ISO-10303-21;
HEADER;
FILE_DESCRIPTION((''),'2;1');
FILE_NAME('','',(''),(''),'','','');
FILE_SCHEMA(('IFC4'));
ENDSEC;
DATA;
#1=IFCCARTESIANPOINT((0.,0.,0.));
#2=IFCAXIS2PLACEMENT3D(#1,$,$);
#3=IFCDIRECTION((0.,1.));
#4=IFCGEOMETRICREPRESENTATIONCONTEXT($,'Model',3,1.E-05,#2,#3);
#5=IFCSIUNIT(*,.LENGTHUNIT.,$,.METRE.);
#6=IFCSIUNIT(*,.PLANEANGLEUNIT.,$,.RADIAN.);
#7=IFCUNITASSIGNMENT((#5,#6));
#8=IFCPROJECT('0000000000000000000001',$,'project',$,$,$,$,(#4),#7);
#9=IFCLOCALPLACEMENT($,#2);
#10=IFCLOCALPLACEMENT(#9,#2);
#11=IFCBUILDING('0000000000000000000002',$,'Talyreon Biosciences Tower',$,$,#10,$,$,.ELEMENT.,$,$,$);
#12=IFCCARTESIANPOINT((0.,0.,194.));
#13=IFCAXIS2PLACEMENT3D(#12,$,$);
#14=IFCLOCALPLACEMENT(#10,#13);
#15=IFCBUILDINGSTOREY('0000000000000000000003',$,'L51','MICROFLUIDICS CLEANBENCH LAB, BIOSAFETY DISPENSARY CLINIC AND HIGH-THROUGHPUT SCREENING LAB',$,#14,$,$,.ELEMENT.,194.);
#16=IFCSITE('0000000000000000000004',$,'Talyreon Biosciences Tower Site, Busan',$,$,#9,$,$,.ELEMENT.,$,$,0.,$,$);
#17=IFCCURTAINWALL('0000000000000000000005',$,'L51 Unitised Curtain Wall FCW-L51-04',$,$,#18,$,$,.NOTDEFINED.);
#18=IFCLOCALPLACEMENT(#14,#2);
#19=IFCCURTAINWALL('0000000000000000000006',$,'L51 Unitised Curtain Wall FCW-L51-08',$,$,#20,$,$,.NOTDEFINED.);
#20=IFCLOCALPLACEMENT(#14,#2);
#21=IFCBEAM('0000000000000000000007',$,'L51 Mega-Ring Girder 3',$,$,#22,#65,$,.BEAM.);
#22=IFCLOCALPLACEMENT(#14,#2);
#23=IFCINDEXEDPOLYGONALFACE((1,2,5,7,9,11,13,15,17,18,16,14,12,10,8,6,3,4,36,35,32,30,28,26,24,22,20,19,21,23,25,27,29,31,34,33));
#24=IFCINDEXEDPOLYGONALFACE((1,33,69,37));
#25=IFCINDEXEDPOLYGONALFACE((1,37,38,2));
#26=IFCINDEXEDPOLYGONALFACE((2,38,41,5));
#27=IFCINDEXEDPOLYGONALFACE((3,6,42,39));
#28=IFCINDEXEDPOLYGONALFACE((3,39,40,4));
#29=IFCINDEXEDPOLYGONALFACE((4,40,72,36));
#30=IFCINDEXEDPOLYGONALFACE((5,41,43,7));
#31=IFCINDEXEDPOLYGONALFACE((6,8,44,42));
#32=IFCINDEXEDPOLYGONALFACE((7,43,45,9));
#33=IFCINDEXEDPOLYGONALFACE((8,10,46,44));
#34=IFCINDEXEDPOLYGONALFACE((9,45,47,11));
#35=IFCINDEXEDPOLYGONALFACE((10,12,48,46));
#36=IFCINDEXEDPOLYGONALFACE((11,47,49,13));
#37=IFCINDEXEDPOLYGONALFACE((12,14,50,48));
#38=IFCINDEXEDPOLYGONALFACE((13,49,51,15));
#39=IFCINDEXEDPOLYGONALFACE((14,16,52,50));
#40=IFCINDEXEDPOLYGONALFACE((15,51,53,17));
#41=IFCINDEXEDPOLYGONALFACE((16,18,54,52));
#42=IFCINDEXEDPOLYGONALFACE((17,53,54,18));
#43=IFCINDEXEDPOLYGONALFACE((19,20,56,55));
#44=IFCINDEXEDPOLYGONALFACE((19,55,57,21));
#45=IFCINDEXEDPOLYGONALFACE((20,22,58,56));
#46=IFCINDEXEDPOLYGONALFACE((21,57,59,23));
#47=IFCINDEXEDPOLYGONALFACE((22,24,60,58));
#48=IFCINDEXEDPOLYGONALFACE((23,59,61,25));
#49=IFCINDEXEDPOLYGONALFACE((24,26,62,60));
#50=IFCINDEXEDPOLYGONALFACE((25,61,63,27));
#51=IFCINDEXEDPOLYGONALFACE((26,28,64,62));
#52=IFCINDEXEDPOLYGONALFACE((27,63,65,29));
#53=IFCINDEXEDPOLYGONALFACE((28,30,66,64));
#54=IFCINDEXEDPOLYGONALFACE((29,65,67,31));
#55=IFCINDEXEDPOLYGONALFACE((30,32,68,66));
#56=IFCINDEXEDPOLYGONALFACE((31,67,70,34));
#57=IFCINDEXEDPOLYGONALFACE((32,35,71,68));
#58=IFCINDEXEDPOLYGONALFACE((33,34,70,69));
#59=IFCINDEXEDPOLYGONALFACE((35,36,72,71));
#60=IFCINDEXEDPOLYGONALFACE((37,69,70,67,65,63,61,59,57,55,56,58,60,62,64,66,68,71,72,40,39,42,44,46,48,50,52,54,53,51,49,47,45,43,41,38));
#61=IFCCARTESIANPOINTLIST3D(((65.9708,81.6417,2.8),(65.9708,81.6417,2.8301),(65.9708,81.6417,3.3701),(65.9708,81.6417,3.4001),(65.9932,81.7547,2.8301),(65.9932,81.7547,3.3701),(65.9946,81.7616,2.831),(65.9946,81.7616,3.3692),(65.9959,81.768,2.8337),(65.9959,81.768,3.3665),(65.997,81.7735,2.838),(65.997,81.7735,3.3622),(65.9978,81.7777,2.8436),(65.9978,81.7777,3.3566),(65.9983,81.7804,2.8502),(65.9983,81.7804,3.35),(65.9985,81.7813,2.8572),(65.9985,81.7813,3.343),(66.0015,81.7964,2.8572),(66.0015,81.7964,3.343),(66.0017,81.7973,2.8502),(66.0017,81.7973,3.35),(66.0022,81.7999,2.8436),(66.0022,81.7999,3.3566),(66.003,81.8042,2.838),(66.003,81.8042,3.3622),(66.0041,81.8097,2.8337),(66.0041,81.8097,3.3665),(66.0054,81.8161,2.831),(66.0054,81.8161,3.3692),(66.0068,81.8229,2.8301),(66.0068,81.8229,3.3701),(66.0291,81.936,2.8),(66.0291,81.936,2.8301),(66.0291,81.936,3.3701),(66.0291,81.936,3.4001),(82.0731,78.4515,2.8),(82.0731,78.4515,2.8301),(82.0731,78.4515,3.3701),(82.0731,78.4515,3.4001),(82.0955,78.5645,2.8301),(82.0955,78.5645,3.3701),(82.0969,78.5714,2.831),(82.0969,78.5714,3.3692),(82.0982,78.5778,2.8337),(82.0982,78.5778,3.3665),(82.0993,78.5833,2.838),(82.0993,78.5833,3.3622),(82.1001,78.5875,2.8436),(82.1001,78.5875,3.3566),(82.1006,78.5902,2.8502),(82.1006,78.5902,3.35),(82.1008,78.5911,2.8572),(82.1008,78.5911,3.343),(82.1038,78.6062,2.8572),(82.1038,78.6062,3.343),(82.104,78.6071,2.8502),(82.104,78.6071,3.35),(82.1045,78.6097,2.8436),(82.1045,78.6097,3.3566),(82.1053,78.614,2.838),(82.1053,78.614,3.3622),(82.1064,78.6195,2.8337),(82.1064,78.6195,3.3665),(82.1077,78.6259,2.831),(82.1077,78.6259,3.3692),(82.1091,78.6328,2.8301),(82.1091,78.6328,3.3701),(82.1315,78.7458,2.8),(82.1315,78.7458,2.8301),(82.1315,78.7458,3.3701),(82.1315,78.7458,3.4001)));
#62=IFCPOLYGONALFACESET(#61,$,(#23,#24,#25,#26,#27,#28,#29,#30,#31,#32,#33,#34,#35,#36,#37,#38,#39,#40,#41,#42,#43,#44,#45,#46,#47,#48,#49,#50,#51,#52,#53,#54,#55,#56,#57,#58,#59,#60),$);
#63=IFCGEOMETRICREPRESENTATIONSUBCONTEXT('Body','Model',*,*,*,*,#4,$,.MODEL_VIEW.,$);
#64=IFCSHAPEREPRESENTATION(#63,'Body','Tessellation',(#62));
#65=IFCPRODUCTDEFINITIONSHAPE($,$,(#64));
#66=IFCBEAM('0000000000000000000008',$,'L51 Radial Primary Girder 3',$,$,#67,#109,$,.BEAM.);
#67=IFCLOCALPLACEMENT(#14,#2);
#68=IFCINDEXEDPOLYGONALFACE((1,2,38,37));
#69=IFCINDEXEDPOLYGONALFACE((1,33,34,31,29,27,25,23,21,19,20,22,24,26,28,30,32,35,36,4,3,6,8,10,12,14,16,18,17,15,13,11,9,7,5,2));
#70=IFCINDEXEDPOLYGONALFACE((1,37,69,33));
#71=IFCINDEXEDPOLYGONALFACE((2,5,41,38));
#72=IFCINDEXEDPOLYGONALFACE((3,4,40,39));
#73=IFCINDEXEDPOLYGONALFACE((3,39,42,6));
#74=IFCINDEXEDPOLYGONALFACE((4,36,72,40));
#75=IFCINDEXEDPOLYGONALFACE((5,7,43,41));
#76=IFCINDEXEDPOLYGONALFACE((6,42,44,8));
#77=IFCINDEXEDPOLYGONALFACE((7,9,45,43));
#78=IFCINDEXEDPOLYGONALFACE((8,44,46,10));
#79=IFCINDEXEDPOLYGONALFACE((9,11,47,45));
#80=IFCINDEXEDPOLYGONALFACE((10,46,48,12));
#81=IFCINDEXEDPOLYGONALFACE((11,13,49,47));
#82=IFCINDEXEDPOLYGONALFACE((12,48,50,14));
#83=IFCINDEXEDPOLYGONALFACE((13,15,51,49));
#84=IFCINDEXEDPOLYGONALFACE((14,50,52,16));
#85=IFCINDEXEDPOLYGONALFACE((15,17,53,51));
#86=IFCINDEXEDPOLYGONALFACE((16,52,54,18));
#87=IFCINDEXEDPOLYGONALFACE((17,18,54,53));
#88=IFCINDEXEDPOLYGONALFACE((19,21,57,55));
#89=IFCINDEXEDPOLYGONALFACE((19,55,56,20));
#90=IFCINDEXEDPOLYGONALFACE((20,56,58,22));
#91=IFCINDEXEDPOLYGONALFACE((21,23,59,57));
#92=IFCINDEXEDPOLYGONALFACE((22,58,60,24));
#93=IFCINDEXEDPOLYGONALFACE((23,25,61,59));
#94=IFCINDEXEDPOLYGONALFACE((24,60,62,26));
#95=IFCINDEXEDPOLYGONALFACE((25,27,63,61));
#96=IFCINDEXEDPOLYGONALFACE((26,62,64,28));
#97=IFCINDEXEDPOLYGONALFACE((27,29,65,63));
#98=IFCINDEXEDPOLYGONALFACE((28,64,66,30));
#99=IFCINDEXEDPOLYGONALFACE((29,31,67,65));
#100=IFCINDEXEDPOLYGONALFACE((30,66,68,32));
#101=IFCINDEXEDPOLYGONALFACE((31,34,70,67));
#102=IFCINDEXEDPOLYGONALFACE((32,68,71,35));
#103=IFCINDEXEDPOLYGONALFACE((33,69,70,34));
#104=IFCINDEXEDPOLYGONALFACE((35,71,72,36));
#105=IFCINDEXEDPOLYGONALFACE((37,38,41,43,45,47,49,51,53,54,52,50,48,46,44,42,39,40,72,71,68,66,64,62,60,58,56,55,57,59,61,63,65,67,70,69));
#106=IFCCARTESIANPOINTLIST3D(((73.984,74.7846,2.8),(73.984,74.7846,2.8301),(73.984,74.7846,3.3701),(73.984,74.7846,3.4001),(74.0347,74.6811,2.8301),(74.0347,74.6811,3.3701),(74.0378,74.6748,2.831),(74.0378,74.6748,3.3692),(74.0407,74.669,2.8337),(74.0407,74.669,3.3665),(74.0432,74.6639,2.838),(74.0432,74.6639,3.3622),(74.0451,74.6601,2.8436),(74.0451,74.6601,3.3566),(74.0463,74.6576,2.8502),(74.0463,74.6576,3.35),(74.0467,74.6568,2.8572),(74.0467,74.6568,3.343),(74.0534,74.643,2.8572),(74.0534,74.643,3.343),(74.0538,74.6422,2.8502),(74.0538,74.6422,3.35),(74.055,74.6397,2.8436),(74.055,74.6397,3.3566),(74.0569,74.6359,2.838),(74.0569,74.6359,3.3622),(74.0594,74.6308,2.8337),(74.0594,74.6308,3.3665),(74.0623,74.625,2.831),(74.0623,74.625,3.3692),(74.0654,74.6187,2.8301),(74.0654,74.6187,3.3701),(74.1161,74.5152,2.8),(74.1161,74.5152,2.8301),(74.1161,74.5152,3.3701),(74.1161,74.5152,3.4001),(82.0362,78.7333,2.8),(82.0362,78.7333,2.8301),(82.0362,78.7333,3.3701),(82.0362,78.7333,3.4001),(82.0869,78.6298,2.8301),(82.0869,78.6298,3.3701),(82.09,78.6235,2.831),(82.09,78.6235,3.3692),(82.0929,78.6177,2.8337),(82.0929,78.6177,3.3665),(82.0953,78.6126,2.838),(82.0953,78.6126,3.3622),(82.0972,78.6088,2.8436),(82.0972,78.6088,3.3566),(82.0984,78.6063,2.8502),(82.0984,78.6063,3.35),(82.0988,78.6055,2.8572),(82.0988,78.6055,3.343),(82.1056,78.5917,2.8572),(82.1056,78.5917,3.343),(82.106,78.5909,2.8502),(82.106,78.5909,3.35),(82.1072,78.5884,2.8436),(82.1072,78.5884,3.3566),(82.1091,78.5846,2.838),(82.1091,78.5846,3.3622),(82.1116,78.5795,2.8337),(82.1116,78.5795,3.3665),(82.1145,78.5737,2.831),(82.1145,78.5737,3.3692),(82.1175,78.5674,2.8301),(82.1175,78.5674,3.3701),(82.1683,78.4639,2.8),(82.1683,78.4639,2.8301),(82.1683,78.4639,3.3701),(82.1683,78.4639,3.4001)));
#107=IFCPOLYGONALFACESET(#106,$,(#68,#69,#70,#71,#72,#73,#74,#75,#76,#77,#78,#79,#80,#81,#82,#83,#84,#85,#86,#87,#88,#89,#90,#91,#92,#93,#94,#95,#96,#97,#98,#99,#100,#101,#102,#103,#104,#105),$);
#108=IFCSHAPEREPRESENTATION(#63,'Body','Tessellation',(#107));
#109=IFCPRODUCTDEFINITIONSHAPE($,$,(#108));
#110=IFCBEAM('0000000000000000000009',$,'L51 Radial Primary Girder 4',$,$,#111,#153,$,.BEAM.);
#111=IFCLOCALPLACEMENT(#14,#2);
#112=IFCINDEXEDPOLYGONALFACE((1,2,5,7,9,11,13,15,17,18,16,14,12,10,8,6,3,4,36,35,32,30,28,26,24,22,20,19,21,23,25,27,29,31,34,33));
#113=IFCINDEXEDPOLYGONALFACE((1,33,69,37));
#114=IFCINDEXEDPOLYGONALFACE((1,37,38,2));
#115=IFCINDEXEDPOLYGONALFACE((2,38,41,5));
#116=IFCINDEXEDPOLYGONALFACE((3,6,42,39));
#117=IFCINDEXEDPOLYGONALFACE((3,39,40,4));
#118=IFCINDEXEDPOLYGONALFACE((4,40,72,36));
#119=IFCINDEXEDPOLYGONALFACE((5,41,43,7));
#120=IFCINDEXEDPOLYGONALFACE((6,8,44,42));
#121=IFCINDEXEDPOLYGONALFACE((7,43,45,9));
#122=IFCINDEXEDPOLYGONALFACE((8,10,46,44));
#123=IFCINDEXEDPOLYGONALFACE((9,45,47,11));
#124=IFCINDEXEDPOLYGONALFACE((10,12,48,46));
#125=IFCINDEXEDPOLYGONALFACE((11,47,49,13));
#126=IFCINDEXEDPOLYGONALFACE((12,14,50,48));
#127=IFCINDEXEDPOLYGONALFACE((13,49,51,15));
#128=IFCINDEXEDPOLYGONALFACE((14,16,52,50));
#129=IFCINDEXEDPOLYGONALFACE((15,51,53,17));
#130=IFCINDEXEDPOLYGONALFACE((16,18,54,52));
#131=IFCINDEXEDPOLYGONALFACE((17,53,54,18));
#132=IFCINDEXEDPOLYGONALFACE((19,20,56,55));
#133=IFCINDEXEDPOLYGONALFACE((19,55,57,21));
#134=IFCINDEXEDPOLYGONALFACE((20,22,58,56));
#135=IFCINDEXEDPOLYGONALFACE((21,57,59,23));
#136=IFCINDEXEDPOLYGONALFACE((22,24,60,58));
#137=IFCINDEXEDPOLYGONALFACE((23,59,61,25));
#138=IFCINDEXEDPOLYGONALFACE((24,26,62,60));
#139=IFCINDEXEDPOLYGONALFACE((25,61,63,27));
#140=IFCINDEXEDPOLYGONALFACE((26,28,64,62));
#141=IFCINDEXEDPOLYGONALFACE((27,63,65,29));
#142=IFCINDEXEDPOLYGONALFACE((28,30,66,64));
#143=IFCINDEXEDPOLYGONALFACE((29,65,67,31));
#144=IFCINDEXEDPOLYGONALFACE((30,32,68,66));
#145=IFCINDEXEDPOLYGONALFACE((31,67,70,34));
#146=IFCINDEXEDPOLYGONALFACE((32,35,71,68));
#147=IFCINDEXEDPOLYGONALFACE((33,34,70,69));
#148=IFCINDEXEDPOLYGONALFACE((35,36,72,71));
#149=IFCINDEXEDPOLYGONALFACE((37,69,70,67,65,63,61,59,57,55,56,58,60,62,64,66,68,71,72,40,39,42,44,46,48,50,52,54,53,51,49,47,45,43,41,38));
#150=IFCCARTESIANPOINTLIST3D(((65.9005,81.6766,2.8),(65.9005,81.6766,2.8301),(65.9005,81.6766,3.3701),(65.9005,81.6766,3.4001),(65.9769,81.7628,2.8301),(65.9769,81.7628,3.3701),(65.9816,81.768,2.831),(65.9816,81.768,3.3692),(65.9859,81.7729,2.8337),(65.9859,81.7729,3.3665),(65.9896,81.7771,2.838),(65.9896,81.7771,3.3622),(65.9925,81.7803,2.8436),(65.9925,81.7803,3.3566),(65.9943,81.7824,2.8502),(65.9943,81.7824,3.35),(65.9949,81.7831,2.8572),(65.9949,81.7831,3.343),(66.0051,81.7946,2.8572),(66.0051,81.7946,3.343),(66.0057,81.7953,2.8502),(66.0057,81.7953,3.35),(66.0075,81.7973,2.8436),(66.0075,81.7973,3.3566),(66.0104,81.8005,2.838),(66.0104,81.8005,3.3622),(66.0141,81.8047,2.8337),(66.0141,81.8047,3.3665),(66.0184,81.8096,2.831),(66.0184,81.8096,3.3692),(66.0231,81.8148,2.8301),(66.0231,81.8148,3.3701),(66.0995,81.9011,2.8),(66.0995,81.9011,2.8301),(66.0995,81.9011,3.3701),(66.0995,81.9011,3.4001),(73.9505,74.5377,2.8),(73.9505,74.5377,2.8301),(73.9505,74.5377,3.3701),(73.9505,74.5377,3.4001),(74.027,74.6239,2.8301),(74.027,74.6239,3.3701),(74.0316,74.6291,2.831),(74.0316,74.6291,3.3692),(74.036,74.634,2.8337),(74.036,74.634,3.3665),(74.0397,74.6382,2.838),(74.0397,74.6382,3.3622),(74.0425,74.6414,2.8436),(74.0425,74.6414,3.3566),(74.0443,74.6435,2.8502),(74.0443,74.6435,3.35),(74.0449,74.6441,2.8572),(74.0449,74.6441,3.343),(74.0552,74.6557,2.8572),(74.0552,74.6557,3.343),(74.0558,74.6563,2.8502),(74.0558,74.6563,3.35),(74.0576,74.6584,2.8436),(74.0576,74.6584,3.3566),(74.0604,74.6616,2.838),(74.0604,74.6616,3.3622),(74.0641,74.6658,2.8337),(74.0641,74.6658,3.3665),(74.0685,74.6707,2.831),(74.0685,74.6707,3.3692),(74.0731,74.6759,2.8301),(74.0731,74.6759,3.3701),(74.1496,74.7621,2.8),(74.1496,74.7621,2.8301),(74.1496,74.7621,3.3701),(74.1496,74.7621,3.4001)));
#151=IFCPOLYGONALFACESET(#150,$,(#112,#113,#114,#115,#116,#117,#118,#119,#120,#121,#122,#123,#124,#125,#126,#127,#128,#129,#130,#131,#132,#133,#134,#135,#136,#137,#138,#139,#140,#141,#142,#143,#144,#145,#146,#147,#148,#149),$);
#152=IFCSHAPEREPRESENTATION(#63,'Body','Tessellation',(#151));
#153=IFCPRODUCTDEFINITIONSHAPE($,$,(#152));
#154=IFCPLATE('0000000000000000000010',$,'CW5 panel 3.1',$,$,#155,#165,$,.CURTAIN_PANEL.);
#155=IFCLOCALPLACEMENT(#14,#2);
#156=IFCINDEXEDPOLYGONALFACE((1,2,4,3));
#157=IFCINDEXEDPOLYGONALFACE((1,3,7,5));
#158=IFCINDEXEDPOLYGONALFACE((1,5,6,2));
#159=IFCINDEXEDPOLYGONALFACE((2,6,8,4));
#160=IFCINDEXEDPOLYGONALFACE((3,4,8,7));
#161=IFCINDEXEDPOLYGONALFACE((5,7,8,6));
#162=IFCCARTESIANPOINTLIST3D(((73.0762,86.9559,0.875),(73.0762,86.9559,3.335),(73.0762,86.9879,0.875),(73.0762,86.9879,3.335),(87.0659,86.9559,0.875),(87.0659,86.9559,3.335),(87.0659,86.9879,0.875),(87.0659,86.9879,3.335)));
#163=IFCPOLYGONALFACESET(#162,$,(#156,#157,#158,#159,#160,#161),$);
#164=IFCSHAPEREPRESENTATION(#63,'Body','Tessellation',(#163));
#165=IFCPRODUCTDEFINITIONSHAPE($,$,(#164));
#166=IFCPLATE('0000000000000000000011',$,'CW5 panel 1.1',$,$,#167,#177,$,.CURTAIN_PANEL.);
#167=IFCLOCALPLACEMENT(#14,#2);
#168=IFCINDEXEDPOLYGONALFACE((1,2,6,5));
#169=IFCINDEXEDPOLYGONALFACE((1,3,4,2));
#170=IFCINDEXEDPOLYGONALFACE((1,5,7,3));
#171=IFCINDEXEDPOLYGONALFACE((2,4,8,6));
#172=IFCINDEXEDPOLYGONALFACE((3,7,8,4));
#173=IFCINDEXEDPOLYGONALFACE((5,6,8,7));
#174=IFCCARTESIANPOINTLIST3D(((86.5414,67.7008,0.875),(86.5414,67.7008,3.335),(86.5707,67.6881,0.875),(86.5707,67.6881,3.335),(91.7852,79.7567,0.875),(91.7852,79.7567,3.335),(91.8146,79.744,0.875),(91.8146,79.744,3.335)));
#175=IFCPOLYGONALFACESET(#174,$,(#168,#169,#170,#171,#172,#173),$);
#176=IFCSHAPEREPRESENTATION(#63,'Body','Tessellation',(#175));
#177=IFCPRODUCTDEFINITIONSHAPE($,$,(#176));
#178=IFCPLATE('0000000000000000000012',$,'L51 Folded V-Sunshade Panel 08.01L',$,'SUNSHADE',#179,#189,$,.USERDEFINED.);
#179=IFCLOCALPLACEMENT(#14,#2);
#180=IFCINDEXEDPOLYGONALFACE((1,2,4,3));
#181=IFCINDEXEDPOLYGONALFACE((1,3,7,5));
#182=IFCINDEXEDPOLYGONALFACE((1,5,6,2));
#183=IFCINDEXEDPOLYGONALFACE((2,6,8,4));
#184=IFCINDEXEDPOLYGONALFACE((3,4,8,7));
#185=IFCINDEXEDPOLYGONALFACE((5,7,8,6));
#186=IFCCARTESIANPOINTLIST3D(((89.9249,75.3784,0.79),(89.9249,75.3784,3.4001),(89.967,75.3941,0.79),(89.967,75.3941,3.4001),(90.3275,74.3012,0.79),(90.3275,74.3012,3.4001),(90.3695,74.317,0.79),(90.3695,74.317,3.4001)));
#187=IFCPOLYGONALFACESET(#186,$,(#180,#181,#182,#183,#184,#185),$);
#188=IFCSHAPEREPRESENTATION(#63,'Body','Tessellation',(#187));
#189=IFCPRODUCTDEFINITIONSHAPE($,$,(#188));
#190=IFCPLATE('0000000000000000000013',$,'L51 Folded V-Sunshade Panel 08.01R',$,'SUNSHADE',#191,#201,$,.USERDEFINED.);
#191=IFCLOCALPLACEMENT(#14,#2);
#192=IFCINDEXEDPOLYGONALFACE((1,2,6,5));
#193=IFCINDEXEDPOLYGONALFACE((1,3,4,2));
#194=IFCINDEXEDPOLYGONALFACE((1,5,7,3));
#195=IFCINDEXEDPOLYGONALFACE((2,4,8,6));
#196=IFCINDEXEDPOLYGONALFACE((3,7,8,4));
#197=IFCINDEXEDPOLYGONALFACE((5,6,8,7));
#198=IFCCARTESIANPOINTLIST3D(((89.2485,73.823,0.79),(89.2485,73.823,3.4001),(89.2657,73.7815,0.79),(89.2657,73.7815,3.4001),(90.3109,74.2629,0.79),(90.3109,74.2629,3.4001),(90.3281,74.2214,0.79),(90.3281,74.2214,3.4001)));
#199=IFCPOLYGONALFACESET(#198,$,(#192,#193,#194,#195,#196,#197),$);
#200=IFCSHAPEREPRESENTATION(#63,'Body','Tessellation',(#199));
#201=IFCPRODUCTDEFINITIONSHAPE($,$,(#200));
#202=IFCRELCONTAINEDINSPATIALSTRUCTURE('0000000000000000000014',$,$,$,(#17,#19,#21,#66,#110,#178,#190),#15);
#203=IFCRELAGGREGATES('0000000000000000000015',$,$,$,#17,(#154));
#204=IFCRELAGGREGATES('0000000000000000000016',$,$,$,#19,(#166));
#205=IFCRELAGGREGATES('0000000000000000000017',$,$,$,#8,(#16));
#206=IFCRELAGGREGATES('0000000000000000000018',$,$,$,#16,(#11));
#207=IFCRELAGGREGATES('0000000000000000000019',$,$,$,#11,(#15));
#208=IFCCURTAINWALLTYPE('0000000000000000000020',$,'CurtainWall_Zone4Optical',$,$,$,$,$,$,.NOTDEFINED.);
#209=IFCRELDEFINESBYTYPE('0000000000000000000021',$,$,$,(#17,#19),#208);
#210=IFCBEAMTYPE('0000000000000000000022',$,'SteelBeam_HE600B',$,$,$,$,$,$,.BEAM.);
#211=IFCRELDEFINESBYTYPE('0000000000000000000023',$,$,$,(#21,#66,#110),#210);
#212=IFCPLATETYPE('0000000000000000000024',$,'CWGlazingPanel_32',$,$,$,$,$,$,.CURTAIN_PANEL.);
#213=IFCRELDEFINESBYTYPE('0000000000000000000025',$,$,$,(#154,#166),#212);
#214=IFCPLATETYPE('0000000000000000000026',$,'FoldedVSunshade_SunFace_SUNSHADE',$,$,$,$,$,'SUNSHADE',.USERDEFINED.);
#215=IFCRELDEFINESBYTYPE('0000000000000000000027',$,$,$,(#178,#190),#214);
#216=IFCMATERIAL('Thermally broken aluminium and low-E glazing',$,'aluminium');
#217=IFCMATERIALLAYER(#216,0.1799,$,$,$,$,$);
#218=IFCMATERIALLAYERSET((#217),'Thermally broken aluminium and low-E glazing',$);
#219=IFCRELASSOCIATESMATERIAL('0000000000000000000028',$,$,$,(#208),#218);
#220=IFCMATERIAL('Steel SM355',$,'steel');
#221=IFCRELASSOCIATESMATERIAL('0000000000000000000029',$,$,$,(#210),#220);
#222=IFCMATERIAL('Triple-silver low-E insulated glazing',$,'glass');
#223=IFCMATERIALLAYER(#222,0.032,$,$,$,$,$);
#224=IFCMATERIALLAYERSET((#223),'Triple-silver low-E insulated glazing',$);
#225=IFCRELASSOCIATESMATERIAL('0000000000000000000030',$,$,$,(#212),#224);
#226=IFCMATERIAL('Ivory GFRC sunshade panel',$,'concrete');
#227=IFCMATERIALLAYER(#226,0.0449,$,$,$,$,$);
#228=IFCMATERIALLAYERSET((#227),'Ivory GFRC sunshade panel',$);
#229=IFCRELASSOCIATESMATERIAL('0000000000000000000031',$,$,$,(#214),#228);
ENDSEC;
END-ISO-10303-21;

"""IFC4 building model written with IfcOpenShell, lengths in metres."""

from ifc_helpers import new_model, si_unit, direction, frame, origin, origin_2d, place, context, subcontext, project, spatial, rectangle, i_section, extrude, material, layer, layer_set, material_profile, profile_set, type_object, element, aggregate, save


model = new_model("IFC4")

# Units and contexts
model_context = context("Model", 3, precision=1e-05, world=origin(), true_north=direction((0.0, 1.0)))
body_context = subcontext(model_context, "Body", "Model", "MODEL_VIEW")
ifc_project = project(units=[si_unit("LENGTHUNIT", "METRE"), si_unit("PLANEANGLEUNIT", "RADIAN")], contexts=[model_context])

# Site, building, storey
site_placement = place(None, origin())
site = spatial("IfcSite", under=ifc_project, at=site_placement, Name="Talyreon Biosciences Tower Site, Busan", CompositionType="ELEMENT", RefElevation=0.0)
building_placement = place(site_placement, origin())
building = spatial("IfcBuilding", under=site, at=building_placement, Name="Talyreon Biosciences Tower", CompositionType="ELEMENT")
storey_placement = place(building_placement, frame((0.0, 0.0, 194.0)))
storey = spatial("IfcBuildingStorey", under=building, at=storey_placement, Name="L51", Description="MICROFLUIDICS CLEANBENCH LAB, BIOSAFETY DISPENSARY CLINIC AND HIGH-THROUGHPUT SCREENING LAB", CompositionType="ELEMENT", Elevation=194.0)

# Curtain wall
ifc_material_1 = material(Name="Thermally broken aluminium and low-E glazing", Category="aluminium")
ifc_layer_1 = layer(ifc_material_1, 0.1799)
ifc_layer_set_1 = layer_set([ifc_layer_1], Name="Thermally broken aluminium and low-E glazing")
curtain_wall_type = type_object("IfcCurtainWallType", Name="CurtainWall_Zone4Optical", PredefinedType="NOTDEFINED", material=ifc_layer_set_1)
curtain_wall_1_placement = place(storey_placement, origin())
curtain_wall_1 = element("IfcCurtainWall", 1, at=curtain_wall_1_placement, inside=storey, type_object=curtain_wall_type, Name="L51 Unitised Curtain Wall FCW-L51-04", PredefinedType="NOTDEFINED")

# Curtain wall
curtain_wall_2_placement = place(storey_placement, origin())
curtain_wall_2 = element("IfcCurtainWall", 2, at=curtain_wall_2_placement, inside=storey, type_object=curtain_wall_type, Name="L51 Unitised Curtain Wall FCW-L51-08", PredefinedType="NOTDEFINED")

# Beams
ifc_material_2 = material(Name="Steel SM355", Category="steel")
ifc_material_profile_1 = material_profile(ifc_material_2, i_section(OverallWidth=0.3, OverallDepth=0.6001, WebThickness=0.0154, FlangeThickness=0.03, FilletRadius=0.0271, at=origin_2d()), Name="HE600B")
ifc_profile_set_1 = profile_set([ifc_material_profile_1], Name="Steel SM355")
beam_type_1 = type_object("IfcBeamType", Name="SteelBeam_HE600B", PredefinedType="BEAM", material=ifc_profile_set_1)
beam_1_placement = place(storey_placement, frame((82.1023, 78.5986, 3.1001), z_axis=(-0.980934, 0.194343, 0.0), x_axis=(-0.194343, -0.980934, 0.0)))
element("IfcBeam", 3, at=beam_1_placement, inside=storey, type_object=beam_type_1, Name="L51 Mega-Ring Girder 3", PredefinedType="BEAM", context=body_context, shape_type="SweptSolid", body=[
    extrude(i_section(OverallWidth=0.3, OverallDepth=0.6001, WebThickness=0.0154, FlangeThickness=0.03, FilletRadius=0.0271, at=origin_2d()), origin(), (0.0, 0.0, 1.0), 16.4153),
])
beam_2_placement = place(storey_placement, frame((74.05, 74.6499, 3.1001), z_axis=(0.897852, 0.440297, 0.0), x_axis=(-0.440297, 0.897852, 0.0)))
element("IfcBeam", 4, at=beam_2_placement, inside=storey, type_object=beam_type_1, Name="L51 Radial Primary Girder 3", PredefinedType="BEAM", context=body_context, shape_type="SweptSolid", body=[
    extrude(i_section(OverallWidth=0.3, OverallDepth=0.6001, WebThickness=0.0154, FlangeThickness=0.03, FilletRadius=0.0271, at=origin_2d()), origin(), (0.0, 0.0, 1.0), 8.9683),
])
beam_3_placement = place(storey_placement, frame((74.05, 74.6499, 3.1001), z_axis=(-0.748179, 0.663497, 0.0), x_axis=(-0.663497, -0.748179, 0.0)))
element("IfcBeam", 5, at=beam_3_placement, inside=storey, type_object=beam_type_1, Name="L51 Radial Primary Girder 4", PredefinedType="BEAM", context=body_context, shape_type="SweptSolid", body=[
    extrude(i_section(OverallWidth=0.3, OverallDepth=0.6001, WebThickness=0.0154, FlangeThickness=0.03, FilletRadius=0.0271, at=origin_2d()), origin(), (0.0, 0.0, 1.0), 10.7595),
])

# Plates
ifc_material_3 = material(Name="Triple-silver low-E insulated glazing", Category="glass")
ifc_layer_2 = layer(ifc_material_3, 0.032)
ifc_layer_set_2 = layer_set([ifc_layer_2], Name="Triple-silver low-E insulated glazing")
plate_type_1 = type_object("IfcPlateType", Name="CWGlazingPanel_32", PredefinedType="CURTAIN_PANEL", material=ifc_layer_set_2)
plate_1_placement = place(storey_placement, frame((80.071, 86.9719, 0.875), z_axis=(0.0, 0.0, 1.0), x_axis=(1.0, 0.0, 0.0)))
plate_1 = element("IfcPlate", 6, at=plate_1_placement, type_object=plate_type_1, Name="CW5 panel 3.1", PredefinedType="CURTAIN_PANEL", context=body_context, shape_type="SweptSolid", body=[
    extrude(rectangle(XDim=13.9897, YDim=0.032, at=origin_2d()), origin(), (0.0, 0.0, 1.0), 2.46),
])
aggregate(curtain_wall_1, [plate_1])
plate_2_placement = place(storey_placement, frame((89.178, 73.7224, 0.875), z_axis=(0.0, 0.0, 1.0), x_axis=(-0.398862, -0.917011, 0.0)))
plate_2 = element("IfcPlate", 7, at=plate_2_placement, type_object=plate_type_1, Name="CW5 panel 1.1", PredefinedType="CURTAIN_PANEL", context=body_context, shape_type="SweptSolid", body=[
    extrude(rectangle(XDim=13.147, YDim=0.032, at=origin_2d()), origin(), (0.0, 0.0, 1.0), 2.46),
])
aggregate(curtain_wall_2, [plate_2])

# Plates
ifc_material_4 = material(Name="Ivory GFRC sunshade panel", Category="concrete")
ifc_layer_3 = layer(ifc_material_4, 0.0449)
ifc_layer_set_3 = layer_set([ifc_layer_3], Name="Ivory GFRC sunshade panel")
plate_type_2 = type_object("IfcPlateType", Name="FoldedVSunshade_SunFace_SUNSHADE", ElementType="SUNSHADE", PredefinedType="USERDEFINED", material=ifc_layer_set_3)
for number, where, z_axis, x_axis, name in (
    (8, (90.1472, 74.8477, 0.79), (0.0, 0.0, 1.0), (0.350093, -0.936715, 0.0), "L51 Folded V-Sunshade Panel 08.01L"),
    (9, (89.7883, 74.0222, 0.79), (0.0, 0.0, 1.0), (-0.923926, -0.382571, 0.0), "L51 Folded V-Sunshade Panel 08.01R"),
):
    element("IfcPlate", number, at=place(storey_placement, frame(where, z_axis=z_axis, x_axis=x_axis)), inside=storey, type_object=plate_type_2, Name=name, ObjectType="SUNSHADE", PredefinedType="USERDEFINED", context=body_context, shape_type="SweptSolid", body=[
        extrude(rectangle(XDim=1.1499, YDim=0.0449, at=origin_2d()), origin(), (0.0, 0.0, 1.0), 2.6101),
    ])

save(model, "model.ifc")
